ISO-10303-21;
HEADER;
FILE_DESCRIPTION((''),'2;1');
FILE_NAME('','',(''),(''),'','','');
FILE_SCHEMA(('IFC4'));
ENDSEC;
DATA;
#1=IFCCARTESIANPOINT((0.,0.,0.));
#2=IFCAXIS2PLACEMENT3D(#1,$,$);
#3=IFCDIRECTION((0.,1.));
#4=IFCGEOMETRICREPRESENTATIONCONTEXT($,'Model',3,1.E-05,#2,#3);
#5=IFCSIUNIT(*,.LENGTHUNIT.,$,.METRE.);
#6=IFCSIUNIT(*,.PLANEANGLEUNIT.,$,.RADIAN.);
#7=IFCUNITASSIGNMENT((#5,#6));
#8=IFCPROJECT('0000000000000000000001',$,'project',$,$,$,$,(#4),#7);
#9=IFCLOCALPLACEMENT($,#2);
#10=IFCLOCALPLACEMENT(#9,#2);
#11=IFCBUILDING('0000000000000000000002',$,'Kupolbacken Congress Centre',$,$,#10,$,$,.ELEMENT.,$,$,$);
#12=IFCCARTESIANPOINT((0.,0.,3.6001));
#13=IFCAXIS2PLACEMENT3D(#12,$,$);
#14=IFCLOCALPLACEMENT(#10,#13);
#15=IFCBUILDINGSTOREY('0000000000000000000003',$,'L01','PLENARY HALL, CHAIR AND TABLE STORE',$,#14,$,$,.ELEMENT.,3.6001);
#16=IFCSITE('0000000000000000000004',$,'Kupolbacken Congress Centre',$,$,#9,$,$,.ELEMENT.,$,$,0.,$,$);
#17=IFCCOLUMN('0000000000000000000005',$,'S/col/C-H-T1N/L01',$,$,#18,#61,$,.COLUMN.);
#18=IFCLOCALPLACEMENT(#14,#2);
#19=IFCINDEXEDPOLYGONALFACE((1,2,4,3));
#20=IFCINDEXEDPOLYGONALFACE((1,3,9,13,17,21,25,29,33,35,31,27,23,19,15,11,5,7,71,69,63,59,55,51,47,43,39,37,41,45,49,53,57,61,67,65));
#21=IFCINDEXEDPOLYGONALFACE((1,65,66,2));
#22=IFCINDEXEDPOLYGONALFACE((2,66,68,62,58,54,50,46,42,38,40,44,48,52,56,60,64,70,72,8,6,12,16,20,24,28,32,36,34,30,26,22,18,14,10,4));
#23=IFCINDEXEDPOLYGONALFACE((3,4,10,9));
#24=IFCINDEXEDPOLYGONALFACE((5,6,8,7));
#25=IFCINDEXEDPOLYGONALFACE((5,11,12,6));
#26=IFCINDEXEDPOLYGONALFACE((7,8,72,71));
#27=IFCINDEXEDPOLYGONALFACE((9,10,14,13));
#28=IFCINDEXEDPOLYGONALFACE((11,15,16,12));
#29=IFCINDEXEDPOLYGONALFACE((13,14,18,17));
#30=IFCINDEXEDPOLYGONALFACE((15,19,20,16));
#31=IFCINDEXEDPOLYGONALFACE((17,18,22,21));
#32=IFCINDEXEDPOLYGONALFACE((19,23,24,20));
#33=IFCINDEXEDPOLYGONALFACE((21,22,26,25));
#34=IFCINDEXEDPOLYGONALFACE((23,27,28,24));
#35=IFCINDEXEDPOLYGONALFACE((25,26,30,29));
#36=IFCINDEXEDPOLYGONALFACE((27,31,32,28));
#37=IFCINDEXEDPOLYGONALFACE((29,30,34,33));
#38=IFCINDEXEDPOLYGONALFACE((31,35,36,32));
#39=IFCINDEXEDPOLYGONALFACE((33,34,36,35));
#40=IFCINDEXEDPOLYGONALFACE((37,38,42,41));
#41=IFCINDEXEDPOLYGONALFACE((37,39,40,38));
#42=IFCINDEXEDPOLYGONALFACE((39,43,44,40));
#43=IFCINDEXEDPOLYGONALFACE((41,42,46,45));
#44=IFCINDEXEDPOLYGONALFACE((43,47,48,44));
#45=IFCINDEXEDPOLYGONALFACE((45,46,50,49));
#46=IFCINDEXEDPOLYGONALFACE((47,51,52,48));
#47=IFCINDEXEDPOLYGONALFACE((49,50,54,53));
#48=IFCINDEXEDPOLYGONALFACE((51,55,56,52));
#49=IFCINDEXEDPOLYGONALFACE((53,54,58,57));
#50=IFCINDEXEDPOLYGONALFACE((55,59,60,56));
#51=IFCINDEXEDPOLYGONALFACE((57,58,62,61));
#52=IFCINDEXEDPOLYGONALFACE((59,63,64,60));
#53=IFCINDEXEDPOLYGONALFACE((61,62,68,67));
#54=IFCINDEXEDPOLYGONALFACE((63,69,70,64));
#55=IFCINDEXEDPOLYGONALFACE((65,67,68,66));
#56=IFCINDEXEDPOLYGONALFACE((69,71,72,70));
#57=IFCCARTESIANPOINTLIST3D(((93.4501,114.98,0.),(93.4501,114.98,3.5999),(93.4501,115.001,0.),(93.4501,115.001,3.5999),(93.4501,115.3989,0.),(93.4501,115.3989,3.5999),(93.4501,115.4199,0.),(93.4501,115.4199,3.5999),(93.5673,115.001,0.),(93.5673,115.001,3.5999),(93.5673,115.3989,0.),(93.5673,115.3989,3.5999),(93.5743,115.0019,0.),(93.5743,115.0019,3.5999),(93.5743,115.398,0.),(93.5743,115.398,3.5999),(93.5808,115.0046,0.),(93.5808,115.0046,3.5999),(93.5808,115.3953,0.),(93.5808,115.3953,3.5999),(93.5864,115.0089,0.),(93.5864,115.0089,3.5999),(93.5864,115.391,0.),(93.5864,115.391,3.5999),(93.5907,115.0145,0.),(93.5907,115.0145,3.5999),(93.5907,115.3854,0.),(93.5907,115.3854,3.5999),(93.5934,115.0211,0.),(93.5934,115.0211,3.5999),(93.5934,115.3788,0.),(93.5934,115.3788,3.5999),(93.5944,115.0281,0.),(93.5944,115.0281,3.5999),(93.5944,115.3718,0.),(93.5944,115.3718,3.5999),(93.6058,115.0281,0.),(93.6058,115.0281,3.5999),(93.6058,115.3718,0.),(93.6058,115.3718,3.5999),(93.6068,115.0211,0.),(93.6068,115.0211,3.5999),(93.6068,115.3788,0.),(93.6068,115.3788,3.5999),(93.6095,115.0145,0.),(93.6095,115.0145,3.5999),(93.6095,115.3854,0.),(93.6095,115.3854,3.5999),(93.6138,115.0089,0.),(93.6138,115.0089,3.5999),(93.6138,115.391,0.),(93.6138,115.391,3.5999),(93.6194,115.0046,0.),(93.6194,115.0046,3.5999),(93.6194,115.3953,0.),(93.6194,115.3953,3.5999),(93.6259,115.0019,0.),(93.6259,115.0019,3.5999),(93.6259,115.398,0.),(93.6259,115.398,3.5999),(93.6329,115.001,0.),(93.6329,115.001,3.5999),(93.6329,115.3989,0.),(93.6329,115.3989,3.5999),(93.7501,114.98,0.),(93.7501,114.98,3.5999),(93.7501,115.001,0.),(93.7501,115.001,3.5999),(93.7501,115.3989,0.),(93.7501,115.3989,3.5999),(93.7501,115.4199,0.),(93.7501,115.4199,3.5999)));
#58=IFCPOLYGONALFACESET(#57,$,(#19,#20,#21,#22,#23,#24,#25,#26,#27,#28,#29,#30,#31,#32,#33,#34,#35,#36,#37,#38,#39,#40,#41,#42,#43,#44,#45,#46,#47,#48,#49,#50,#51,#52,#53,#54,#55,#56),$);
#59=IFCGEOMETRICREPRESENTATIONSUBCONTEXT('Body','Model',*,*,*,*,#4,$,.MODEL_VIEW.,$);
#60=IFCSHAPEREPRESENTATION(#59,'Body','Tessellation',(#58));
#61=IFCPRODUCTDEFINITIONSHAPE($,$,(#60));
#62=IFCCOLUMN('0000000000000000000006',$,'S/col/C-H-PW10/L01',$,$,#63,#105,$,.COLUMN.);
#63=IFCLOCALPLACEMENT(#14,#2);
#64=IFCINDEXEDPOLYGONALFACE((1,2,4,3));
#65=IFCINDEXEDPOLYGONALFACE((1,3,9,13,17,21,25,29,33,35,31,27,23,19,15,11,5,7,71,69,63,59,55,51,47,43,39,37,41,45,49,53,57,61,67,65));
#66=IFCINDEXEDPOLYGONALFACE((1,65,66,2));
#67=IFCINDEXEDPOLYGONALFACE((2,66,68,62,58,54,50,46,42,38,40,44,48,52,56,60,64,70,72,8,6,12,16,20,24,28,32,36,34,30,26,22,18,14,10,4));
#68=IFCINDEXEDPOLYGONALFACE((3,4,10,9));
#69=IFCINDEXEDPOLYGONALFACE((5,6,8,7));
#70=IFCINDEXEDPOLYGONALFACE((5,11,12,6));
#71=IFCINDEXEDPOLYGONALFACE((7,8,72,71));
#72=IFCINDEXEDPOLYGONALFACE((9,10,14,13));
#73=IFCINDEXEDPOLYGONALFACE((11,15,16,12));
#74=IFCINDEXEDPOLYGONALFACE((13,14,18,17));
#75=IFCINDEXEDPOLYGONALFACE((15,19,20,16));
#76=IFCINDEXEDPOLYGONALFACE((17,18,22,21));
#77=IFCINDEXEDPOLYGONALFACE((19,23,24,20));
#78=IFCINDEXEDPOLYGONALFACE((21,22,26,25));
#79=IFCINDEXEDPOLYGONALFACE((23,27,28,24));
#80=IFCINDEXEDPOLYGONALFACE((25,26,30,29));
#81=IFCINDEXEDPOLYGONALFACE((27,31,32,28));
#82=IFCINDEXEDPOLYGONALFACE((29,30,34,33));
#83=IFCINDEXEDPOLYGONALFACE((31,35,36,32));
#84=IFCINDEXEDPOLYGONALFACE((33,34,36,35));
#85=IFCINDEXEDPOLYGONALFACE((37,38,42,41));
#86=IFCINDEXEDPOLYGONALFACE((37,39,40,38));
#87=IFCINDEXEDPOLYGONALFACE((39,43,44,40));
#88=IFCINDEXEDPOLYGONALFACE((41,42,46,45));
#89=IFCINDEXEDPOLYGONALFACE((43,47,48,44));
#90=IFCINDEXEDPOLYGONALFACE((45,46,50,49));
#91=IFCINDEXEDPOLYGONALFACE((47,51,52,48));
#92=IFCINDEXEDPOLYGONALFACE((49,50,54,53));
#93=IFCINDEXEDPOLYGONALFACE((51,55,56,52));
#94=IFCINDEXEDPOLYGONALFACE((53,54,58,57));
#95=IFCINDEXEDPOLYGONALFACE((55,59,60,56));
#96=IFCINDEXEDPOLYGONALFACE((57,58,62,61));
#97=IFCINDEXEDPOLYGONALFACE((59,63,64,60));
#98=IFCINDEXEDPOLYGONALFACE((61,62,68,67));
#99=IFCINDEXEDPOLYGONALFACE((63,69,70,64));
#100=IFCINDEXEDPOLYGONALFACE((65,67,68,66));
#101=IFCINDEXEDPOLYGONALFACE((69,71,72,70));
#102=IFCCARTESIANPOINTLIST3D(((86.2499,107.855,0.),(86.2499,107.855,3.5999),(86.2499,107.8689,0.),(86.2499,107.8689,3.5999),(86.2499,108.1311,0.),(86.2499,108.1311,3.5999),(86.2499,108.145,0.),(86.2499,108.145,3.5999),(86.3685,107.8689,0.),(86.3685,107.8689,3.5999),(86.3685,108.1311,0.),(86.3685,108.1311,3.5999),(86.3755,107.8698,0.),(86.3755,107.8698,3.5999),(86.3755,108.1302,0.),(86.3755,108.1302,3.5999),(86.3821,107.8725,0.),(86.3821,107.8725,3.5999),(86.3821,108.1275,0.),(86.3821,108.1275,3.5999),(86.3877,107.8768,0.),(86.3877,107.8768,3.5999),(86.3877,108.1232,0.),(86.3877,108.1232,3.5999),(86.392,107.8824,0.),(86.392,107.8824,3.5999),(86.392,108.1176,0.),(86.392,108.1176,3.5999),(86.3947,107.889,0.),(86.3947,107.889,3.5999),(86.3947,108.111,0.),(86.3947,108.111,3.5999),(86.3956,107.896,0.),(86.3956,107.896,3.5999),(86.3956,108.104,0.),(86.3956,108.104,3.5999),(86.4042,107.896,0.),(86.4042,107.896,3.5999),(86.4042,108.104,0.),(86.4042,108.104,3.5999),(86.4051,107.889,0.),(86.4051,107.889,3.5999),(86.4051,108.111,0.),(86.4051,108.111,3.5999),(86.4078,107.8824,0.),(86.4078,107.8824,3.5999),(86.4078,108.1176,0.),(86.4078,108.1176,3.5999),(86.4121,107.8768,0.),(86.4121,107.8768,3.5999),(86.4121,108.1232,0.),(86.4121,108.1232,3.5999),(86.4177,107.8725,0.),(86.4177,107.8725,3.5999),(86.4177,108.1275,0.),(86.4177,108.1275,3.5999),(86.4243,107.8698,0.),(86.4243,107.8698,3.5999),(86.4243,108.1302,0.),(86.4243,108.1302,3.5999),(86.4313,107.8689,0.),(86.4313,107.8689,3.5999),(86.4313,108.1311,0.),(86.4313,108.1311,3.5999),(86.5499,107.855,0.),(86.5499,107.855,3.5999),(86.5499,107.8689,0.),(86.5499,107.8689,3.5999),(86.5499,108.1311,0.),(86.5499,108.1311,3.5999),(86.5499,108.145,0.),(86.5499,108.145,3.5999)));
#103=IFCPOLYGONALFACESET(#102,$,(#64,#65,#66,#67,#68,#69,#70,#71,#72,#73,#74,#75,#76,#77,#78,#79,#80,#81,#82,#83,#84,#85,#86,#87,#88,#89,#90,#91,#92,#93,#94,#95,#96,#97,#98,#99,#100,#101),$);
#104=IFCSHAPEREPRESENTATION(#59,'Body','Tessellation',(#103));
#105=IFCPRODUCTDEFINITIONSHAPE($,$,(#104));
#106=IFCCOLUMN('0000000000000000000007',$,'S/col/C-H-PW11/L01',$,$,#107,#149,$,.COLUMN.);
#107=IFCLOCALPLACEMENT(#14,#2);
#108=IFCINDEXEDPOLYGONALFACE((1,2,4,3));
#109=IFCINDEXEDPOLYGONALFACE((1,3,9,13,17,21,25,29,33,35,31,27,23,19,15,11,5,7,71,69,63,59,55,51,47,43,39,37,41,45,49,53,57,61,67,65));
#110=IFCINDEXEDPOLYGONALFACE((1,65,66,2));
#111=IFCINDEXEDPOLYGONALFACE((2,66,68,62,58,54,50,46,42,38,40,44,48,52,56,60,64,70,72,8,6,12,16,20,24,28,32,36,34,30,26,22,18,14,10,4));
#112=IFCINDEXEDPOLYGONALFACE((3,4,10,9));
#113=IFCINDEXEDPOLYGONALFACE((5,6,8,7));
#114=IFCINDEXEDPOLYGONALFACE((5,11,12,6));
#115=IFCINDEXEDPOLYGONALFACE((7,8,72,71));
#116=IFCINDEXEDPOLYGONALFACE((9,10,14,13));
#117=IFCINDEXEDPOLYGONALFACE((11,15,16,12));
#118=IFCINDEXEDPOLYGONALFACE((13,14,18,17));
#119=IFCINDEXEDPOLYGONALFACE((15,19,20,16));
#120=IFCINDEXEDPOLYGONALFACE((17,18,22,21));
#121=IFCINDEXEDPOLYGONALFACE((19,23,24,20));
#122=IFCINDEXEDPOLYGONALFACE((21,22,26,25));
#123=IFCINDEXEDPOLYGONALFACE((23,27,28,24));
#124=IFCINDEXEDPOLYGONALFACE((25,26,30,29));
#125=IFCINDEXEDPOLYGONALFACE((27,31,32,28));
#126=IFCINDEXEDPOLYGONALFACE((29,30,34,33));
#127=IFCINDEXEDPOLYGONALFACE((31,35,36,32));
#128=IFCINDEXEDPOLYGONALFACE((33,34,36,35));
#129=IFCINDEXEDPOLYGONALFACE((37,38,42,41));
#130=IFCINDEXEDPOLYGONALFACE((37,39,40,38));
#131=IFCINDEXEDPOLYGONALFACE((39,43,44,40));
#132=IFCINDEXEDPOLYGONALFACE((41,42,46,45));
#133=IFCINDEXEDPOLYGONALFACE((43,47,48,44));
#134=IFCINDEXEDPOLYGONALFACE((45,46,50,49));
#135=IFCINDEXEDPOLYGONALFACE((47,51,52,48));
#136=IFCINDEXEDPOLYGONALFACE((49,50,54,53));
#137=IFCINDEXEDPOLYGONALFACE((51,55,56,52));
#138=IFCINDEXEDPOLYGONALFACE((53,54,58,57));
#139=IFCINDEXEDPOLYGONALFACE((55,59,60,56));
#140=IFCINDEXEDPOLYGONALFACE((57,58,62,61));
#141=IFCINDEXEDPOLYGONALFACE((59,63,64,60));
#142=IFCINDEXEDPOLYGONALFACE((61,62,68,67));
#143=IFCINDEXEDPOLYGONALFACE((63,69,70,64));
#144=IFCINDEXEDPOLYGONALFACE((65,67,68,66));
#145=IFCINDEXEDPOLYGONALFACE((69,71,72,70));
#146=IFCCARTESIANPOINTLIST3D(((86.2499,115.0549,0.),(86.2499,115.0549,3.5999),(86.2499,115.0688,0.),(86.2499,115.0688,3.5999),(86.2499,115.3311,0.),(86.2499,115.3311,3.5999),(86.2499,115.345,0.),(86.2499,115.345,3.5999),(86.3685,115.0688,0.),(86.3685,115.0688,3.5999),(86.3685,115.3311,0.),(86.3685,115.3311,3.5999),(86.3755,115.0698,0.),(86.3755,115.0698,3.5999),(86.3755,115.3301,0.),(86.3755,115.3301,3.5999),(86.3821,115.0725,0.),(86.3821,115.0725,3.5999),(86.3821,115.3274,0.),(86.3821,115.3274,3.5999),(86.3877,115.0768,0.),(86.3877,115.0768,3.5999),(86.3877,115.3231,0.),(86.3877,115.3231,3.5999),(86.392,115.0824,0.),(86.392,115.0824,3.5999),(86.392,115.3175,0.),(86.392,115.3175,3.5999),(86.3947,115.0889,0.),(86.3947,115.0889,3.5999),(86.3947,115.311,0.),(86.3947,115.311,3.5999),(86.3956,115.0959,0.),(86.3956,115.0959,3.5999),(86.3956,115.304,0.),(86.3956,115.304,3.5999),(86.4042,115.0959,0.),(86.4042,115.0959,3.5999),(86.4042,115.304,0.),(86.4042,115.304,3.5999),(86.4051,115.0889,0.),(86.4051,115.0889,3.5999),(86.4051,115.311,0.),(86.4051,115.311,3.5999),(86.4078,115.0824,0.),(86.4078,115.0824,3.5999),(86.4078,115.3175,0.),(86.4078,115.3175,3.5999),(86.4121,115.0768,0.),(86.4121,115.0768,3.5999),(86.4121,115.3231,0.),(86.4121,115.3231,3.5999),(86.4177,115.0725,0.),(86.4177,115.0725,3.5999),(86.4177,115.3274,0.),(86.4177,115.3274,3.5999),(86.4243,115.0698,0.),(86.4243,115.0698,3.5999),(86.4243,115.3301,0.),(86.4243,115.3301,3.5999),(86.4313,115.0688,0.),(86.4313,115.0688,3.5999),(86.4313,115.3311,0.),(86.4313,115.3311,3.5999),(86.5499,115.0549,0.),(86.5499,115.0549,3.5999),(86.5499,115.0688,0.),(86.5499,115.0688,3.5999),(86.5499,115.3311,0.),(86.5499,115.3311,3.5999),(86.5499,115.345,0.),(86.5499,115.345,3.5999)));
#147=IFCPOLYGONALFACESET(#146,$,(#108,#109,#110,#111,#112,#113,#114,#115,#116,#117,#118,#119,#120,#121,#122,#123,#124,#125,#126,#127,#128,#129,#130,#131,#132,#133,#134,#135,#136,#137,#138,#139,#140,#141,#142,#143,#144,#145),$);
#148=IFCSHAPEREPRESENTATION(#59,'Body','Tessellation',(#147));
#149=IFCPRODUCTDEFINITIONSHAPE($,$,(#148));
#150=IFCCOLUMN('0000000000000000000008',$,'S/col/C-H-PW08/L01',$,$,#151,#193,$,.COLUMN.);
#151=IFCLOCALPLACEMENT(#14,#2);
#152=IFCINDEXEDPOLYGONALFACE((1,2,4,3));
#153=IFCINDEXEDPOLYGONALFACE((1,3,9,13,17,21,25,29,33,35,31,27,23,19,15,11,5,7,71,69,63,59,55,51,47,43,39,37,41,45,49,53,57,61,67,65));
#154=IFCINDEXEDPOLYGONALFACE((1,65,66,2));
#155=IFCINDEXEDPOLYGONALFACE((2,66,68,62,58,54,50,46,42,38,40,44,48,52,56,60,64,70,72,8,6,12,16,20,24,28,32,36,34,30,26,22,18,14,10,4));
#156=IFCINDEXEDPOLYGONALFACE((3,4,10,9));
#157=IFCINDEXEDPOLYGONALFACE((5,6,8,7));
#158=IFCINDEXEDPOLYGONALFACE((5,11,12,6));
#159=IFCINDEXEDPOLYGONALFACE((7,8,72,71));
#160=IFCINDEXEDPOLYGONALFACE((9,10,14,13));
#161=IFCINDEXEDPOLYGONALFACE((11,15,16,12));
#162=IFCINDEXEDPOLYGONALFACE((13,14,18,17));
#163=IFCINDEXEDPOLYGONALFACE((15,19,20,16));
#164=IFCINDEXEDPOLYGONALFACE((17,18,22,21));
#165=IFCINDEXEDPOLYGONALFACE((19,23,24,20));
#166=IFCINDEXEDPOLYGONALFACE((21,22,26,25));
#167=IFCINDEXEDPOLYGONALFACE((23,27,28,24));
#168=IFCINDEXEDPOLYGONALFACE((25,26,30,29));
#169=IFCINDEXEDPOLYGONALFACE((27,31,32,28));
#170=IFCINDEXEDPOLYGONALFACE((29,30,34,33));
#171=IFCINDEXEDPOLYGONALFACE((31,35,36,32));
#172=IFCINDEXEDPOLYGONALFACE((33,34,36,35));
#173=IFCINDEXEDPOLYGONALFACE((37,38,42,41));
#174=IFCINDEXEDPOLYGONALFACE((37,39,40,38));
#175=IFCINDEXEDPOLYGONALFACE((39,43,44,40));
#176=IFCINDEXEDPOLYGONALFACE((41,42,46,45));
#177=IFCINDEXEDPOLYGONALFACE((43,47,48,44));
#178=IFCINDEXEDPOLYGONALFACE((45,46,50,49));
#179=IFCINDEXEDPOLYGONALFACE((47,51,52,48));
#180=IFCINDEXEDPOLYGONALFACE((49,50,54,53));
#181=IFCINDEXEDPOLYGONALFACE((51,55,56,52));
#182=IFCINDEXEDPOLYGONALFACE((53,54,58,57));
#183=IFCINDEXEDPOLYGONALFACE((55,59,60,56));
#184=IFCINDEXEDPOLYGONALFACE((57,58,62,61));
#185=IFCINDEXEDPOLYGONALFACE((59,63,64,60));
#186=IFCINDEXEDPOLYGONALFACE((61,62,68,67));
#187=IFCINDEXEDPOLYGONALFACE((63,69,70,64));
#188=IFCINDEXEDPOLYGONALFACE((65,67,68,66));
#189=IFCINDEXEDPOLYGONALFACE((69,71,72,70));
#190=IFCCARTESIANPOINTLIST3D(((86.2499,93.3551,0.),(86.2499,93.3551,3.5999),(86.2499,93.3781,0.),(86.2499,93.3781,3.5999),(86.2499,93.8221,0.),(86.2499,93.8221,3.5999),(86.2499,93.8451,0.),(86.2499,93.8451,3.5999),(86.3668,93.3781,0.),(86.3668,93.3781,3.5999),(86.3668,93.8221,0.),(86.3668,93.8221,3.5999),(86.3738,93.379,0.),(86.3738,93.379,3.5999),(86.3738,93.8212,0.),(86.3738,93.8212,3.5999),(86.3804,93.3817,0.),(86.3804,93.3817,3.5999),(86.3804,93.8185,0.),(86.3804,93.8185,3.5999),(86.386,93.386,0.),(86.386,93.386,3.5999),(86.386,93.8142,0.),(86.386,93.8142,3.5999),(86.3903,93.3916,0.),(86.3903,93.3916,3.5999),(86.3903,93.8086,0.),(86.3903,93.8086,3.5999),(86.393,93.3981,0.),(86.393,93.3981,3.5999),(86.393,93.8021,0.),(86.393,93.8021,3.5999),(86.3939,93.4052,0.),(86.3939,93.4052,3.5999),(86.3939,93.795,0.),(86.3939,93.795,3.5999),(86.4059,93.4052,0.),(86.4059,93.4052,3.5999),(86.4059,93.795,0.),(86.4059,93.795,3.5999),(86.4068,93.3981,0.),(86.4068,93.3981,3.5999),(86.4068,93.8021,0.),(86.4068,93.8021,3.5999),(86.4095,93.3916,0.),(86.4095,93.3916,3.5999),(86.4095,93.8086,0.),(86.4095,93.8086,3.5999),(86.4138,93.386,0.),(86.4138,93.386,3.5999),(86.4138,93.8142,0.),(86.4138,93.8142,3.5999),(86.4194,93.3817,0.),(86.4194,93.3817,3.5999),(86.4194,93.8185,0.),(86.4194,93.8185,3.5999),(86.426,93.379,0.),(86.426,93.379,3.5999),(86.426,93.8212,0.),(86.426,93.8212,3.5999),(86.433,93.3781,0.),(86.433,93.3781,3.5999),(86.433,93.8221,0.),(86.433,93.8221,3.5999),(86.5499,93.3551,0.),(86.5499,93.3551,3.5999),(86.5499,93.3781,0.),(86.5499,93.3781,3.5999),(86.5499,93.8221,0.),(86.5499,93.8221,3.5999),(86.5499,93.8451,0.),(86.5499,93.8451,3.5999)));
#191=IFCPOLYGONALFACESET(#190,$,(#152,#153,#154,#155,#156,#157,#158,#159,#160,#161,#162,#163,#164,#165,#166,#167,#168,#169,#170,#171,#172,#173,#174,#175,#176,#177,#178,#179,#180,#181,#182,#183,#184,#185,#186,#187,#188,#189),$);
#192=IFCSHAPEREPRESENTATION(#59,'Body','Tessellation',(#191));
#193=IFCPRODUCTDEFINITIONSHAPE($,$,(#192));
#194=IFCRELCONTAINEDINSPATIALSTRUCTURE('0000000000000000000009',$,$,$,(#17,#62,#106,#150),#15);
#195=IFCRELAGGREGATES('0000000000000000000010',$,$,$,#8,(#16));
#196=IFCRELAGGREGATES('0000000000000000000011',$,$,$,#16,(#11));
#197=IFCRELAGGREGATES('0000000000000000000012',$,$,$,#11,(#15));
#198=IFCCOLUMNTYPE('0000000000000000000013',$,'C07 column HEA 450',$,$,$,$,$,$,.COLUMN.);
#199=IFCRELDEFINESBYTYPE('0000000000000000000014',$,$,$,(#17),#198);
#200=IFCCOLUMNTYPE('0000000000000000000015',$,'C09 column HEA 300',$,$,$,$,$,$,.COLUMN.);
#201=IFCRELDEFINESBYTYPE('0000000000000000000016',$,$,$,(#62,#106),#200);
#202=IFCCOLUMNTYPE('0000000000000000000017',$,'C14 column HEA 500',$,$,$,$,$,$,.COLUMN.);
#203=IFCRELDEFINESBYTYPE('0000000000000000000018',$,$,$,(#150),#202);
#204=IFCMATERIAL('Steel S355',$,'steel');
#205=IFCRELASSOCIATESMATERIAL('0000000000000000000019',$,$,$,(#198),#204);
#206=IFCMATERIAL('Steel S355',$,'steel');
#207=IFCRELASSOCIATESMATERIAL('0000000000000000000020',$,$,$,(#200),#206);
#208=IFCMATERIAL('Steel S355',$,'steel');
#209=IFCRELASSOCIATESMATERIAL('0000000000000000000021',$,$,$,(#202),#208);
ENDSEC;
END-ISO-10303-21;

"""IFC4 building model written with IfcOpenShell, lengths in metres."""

from ifc_helpers import new_model, si_unit, direction, frame, origin, origin_2d, place, context, subcontext, project, spatial, i_section, extrude, material, material_profile, profile_set, type_object, element, save


model = new_model("IFC4")

# Units and contexts
model_context = context("Model", 3, precision=1e-05, world=origin(), true_north=direction((0.0, 1.0)))
body_context = subcontext(model_context, "Body", "Model", "MODEL_VIEW")
ifc_project = project(units=[si_unit("LENGTHUNIT", "METRE"), si_unit("PLANEANGLEUNIT", "RADIAN")], contexts=[model_context])

# Site, building, storey
site_placement = place(None, origin())
site = spatial("IfcSite", under=ifc_project, at=site_placement, Name="Kupolbacken Congress Centre", CompositionType="ELEMENT", RefElevation=0.0)
building_placement = place(site_placement, origin())
building = spatial("IfcBuilding", under=site, at=building_placement, Name="Kupolbacken Congress Centre", CompositionType="ELEMENT")
storey_placement = place(building_placement, frame((0.0, 0.0, 3.6001)))
storey = spatial("IfcBuildingStorey", under=building, at=storey_placement, Name="L01", Description="PLENARY HALL, CHAIR AND TABLE STORE", CompositionType="ELEMENT", Elevation=3.6001)

# Columns
ifc_material_1 = material(Name="Steel S355", Category="steel")
ifc_material_profile_1 = material_profile(ifc_material_1, i_section(OverallWidth=0.3, OverallDepth=0.4399, WebThickness=0.0115, FlangeThickness=0.021, FilletRadius=0.0271, at=origin_2d()), Name="HEA 450")
ifc_profile_set_1 = profile_set([ifc_material_profile_1], Name="Steel S355")
column_type_1 = type_object("IfcColumnType", Name="C07 column HEA 450", PredefinedType="COLUMN", material=ifc_profile_set_1)
column_placement = place(storey_placement, frame((93.6001, 115.2, 0.0), z_axis=(0.0, 0.0, 1.0), x_axis=(1.0, 0.0, 0.0)))
element("IfcColumn", 1, at=column_placement, inside=storey, type_object=column_type_1, Name="S/col/C-H-T1N/L01", PredefinedType="COLUMN", context=body_context, shape_type="SweptSolid", body=[
    extrude(i_section(OverallWidth=0.3, OverallDepth=0.4399, WebThickness=0.0115, FlangeThickness=0.021, FilletRadius=0.0271, at=origin_2d()), origin(), (0.0, 0.0, 1.0), 3.5999),
])
ifc_material_2 = material(Name="Steel S355", Category="steel")
ifc_material_profile_2 = material_profile(ifc_material_2, i_section(OverallWidth=0.3, OverallDepth=0.29, WebThickness=0.0085, FlangeThickness=0.0139, FilletRadius=0.0271, at=origin_2d()), Name="HEA 300")
ifc_profile_set_2 = profile_set([ifc_material_profile_2], Name="Steel S355")
column_type_2 = type_object("IfcColumnType", Name="C09 column HEA 300", PredefinedType="COLUMN", material=ifc_profile_set_2)
for number, where, z_axis, x_axis, name in (
    (2, (86.3999, 108.0, 0.0), (0.0, 0.0, 1.0), (1.0, 0.0, 0.0), "S/col/C-H-PW10/L01"),
    (3, (86.3999, 115.2, 0.0), (0.0, 0.0, 1.0), (1.0, 0.0, 0.0), "S/col/C-H-PW11/L01"),
):
    element("IfcColumn", number, at=place(storey_placement, frame(where, z_axis=z_axis, x_axis=x_axis)), inside=storey, type_object=column_type_2, Name=name, PredefinedType="COLUMN", context=body_context, shape_type="SweptSolid", body=[
        extrude(i_section(OverallWidth=0.3, OverallDepth=0.29, WebThickness=0.0085, FlangeThickness=0.0139, FilletRadius=0.0271, at=origin_2d()), origin(), (0.0, 0.0, 1.0), 3.5999),
    ])
ifc_material_3 = material(Name="Steel S355", Category="steel")
ifc_material_profile_3 = material_profile(ifc_material_3, i_section(OverallWidth=0.3, OverallDepth=0.49, WebThickness=0.012, FlangeThickness=0.0229, FilletRadius=0.0271, at=origin_2d()), Name="HEA 500")
ifc_profile_set_3 = profile_set([ifc_material_profile_3], Name="Steel S355")
column_type_3 = type_object("IfcColumnType", Name="C14 column HEA 500", PredefinedType="COLUMN", material=ifc_profile_set_3)
for number, where, z_axis, x_axis, name in (
    (4, (86.3999, 93.6001, 0.0), (0.0, 0.0, 1.0), (1.0, 0.0, 0.0), "S/col/C-H-PW08/L01"),
):
    element("IfcColumn", number, at=place(storey_placement, frame(where, z_axis=z_axis, x_axis=x_axis)), inside=storey, type_object=column_type_3, Name=name, PredefinedType="COLUMN", context=body_context, shape_type="SweptSolid", body=[
        extrude(i_section(OverallWidth=0.3, OverallDepth=0.49, WebThickness=0.012, FlangeThickness=0.0229, FilletRadius=0.0271, at=origin_2d()), origin(), (0.0, 0.0, 1.0), 3.5999),
    ])

save(model, "model.ifc")
